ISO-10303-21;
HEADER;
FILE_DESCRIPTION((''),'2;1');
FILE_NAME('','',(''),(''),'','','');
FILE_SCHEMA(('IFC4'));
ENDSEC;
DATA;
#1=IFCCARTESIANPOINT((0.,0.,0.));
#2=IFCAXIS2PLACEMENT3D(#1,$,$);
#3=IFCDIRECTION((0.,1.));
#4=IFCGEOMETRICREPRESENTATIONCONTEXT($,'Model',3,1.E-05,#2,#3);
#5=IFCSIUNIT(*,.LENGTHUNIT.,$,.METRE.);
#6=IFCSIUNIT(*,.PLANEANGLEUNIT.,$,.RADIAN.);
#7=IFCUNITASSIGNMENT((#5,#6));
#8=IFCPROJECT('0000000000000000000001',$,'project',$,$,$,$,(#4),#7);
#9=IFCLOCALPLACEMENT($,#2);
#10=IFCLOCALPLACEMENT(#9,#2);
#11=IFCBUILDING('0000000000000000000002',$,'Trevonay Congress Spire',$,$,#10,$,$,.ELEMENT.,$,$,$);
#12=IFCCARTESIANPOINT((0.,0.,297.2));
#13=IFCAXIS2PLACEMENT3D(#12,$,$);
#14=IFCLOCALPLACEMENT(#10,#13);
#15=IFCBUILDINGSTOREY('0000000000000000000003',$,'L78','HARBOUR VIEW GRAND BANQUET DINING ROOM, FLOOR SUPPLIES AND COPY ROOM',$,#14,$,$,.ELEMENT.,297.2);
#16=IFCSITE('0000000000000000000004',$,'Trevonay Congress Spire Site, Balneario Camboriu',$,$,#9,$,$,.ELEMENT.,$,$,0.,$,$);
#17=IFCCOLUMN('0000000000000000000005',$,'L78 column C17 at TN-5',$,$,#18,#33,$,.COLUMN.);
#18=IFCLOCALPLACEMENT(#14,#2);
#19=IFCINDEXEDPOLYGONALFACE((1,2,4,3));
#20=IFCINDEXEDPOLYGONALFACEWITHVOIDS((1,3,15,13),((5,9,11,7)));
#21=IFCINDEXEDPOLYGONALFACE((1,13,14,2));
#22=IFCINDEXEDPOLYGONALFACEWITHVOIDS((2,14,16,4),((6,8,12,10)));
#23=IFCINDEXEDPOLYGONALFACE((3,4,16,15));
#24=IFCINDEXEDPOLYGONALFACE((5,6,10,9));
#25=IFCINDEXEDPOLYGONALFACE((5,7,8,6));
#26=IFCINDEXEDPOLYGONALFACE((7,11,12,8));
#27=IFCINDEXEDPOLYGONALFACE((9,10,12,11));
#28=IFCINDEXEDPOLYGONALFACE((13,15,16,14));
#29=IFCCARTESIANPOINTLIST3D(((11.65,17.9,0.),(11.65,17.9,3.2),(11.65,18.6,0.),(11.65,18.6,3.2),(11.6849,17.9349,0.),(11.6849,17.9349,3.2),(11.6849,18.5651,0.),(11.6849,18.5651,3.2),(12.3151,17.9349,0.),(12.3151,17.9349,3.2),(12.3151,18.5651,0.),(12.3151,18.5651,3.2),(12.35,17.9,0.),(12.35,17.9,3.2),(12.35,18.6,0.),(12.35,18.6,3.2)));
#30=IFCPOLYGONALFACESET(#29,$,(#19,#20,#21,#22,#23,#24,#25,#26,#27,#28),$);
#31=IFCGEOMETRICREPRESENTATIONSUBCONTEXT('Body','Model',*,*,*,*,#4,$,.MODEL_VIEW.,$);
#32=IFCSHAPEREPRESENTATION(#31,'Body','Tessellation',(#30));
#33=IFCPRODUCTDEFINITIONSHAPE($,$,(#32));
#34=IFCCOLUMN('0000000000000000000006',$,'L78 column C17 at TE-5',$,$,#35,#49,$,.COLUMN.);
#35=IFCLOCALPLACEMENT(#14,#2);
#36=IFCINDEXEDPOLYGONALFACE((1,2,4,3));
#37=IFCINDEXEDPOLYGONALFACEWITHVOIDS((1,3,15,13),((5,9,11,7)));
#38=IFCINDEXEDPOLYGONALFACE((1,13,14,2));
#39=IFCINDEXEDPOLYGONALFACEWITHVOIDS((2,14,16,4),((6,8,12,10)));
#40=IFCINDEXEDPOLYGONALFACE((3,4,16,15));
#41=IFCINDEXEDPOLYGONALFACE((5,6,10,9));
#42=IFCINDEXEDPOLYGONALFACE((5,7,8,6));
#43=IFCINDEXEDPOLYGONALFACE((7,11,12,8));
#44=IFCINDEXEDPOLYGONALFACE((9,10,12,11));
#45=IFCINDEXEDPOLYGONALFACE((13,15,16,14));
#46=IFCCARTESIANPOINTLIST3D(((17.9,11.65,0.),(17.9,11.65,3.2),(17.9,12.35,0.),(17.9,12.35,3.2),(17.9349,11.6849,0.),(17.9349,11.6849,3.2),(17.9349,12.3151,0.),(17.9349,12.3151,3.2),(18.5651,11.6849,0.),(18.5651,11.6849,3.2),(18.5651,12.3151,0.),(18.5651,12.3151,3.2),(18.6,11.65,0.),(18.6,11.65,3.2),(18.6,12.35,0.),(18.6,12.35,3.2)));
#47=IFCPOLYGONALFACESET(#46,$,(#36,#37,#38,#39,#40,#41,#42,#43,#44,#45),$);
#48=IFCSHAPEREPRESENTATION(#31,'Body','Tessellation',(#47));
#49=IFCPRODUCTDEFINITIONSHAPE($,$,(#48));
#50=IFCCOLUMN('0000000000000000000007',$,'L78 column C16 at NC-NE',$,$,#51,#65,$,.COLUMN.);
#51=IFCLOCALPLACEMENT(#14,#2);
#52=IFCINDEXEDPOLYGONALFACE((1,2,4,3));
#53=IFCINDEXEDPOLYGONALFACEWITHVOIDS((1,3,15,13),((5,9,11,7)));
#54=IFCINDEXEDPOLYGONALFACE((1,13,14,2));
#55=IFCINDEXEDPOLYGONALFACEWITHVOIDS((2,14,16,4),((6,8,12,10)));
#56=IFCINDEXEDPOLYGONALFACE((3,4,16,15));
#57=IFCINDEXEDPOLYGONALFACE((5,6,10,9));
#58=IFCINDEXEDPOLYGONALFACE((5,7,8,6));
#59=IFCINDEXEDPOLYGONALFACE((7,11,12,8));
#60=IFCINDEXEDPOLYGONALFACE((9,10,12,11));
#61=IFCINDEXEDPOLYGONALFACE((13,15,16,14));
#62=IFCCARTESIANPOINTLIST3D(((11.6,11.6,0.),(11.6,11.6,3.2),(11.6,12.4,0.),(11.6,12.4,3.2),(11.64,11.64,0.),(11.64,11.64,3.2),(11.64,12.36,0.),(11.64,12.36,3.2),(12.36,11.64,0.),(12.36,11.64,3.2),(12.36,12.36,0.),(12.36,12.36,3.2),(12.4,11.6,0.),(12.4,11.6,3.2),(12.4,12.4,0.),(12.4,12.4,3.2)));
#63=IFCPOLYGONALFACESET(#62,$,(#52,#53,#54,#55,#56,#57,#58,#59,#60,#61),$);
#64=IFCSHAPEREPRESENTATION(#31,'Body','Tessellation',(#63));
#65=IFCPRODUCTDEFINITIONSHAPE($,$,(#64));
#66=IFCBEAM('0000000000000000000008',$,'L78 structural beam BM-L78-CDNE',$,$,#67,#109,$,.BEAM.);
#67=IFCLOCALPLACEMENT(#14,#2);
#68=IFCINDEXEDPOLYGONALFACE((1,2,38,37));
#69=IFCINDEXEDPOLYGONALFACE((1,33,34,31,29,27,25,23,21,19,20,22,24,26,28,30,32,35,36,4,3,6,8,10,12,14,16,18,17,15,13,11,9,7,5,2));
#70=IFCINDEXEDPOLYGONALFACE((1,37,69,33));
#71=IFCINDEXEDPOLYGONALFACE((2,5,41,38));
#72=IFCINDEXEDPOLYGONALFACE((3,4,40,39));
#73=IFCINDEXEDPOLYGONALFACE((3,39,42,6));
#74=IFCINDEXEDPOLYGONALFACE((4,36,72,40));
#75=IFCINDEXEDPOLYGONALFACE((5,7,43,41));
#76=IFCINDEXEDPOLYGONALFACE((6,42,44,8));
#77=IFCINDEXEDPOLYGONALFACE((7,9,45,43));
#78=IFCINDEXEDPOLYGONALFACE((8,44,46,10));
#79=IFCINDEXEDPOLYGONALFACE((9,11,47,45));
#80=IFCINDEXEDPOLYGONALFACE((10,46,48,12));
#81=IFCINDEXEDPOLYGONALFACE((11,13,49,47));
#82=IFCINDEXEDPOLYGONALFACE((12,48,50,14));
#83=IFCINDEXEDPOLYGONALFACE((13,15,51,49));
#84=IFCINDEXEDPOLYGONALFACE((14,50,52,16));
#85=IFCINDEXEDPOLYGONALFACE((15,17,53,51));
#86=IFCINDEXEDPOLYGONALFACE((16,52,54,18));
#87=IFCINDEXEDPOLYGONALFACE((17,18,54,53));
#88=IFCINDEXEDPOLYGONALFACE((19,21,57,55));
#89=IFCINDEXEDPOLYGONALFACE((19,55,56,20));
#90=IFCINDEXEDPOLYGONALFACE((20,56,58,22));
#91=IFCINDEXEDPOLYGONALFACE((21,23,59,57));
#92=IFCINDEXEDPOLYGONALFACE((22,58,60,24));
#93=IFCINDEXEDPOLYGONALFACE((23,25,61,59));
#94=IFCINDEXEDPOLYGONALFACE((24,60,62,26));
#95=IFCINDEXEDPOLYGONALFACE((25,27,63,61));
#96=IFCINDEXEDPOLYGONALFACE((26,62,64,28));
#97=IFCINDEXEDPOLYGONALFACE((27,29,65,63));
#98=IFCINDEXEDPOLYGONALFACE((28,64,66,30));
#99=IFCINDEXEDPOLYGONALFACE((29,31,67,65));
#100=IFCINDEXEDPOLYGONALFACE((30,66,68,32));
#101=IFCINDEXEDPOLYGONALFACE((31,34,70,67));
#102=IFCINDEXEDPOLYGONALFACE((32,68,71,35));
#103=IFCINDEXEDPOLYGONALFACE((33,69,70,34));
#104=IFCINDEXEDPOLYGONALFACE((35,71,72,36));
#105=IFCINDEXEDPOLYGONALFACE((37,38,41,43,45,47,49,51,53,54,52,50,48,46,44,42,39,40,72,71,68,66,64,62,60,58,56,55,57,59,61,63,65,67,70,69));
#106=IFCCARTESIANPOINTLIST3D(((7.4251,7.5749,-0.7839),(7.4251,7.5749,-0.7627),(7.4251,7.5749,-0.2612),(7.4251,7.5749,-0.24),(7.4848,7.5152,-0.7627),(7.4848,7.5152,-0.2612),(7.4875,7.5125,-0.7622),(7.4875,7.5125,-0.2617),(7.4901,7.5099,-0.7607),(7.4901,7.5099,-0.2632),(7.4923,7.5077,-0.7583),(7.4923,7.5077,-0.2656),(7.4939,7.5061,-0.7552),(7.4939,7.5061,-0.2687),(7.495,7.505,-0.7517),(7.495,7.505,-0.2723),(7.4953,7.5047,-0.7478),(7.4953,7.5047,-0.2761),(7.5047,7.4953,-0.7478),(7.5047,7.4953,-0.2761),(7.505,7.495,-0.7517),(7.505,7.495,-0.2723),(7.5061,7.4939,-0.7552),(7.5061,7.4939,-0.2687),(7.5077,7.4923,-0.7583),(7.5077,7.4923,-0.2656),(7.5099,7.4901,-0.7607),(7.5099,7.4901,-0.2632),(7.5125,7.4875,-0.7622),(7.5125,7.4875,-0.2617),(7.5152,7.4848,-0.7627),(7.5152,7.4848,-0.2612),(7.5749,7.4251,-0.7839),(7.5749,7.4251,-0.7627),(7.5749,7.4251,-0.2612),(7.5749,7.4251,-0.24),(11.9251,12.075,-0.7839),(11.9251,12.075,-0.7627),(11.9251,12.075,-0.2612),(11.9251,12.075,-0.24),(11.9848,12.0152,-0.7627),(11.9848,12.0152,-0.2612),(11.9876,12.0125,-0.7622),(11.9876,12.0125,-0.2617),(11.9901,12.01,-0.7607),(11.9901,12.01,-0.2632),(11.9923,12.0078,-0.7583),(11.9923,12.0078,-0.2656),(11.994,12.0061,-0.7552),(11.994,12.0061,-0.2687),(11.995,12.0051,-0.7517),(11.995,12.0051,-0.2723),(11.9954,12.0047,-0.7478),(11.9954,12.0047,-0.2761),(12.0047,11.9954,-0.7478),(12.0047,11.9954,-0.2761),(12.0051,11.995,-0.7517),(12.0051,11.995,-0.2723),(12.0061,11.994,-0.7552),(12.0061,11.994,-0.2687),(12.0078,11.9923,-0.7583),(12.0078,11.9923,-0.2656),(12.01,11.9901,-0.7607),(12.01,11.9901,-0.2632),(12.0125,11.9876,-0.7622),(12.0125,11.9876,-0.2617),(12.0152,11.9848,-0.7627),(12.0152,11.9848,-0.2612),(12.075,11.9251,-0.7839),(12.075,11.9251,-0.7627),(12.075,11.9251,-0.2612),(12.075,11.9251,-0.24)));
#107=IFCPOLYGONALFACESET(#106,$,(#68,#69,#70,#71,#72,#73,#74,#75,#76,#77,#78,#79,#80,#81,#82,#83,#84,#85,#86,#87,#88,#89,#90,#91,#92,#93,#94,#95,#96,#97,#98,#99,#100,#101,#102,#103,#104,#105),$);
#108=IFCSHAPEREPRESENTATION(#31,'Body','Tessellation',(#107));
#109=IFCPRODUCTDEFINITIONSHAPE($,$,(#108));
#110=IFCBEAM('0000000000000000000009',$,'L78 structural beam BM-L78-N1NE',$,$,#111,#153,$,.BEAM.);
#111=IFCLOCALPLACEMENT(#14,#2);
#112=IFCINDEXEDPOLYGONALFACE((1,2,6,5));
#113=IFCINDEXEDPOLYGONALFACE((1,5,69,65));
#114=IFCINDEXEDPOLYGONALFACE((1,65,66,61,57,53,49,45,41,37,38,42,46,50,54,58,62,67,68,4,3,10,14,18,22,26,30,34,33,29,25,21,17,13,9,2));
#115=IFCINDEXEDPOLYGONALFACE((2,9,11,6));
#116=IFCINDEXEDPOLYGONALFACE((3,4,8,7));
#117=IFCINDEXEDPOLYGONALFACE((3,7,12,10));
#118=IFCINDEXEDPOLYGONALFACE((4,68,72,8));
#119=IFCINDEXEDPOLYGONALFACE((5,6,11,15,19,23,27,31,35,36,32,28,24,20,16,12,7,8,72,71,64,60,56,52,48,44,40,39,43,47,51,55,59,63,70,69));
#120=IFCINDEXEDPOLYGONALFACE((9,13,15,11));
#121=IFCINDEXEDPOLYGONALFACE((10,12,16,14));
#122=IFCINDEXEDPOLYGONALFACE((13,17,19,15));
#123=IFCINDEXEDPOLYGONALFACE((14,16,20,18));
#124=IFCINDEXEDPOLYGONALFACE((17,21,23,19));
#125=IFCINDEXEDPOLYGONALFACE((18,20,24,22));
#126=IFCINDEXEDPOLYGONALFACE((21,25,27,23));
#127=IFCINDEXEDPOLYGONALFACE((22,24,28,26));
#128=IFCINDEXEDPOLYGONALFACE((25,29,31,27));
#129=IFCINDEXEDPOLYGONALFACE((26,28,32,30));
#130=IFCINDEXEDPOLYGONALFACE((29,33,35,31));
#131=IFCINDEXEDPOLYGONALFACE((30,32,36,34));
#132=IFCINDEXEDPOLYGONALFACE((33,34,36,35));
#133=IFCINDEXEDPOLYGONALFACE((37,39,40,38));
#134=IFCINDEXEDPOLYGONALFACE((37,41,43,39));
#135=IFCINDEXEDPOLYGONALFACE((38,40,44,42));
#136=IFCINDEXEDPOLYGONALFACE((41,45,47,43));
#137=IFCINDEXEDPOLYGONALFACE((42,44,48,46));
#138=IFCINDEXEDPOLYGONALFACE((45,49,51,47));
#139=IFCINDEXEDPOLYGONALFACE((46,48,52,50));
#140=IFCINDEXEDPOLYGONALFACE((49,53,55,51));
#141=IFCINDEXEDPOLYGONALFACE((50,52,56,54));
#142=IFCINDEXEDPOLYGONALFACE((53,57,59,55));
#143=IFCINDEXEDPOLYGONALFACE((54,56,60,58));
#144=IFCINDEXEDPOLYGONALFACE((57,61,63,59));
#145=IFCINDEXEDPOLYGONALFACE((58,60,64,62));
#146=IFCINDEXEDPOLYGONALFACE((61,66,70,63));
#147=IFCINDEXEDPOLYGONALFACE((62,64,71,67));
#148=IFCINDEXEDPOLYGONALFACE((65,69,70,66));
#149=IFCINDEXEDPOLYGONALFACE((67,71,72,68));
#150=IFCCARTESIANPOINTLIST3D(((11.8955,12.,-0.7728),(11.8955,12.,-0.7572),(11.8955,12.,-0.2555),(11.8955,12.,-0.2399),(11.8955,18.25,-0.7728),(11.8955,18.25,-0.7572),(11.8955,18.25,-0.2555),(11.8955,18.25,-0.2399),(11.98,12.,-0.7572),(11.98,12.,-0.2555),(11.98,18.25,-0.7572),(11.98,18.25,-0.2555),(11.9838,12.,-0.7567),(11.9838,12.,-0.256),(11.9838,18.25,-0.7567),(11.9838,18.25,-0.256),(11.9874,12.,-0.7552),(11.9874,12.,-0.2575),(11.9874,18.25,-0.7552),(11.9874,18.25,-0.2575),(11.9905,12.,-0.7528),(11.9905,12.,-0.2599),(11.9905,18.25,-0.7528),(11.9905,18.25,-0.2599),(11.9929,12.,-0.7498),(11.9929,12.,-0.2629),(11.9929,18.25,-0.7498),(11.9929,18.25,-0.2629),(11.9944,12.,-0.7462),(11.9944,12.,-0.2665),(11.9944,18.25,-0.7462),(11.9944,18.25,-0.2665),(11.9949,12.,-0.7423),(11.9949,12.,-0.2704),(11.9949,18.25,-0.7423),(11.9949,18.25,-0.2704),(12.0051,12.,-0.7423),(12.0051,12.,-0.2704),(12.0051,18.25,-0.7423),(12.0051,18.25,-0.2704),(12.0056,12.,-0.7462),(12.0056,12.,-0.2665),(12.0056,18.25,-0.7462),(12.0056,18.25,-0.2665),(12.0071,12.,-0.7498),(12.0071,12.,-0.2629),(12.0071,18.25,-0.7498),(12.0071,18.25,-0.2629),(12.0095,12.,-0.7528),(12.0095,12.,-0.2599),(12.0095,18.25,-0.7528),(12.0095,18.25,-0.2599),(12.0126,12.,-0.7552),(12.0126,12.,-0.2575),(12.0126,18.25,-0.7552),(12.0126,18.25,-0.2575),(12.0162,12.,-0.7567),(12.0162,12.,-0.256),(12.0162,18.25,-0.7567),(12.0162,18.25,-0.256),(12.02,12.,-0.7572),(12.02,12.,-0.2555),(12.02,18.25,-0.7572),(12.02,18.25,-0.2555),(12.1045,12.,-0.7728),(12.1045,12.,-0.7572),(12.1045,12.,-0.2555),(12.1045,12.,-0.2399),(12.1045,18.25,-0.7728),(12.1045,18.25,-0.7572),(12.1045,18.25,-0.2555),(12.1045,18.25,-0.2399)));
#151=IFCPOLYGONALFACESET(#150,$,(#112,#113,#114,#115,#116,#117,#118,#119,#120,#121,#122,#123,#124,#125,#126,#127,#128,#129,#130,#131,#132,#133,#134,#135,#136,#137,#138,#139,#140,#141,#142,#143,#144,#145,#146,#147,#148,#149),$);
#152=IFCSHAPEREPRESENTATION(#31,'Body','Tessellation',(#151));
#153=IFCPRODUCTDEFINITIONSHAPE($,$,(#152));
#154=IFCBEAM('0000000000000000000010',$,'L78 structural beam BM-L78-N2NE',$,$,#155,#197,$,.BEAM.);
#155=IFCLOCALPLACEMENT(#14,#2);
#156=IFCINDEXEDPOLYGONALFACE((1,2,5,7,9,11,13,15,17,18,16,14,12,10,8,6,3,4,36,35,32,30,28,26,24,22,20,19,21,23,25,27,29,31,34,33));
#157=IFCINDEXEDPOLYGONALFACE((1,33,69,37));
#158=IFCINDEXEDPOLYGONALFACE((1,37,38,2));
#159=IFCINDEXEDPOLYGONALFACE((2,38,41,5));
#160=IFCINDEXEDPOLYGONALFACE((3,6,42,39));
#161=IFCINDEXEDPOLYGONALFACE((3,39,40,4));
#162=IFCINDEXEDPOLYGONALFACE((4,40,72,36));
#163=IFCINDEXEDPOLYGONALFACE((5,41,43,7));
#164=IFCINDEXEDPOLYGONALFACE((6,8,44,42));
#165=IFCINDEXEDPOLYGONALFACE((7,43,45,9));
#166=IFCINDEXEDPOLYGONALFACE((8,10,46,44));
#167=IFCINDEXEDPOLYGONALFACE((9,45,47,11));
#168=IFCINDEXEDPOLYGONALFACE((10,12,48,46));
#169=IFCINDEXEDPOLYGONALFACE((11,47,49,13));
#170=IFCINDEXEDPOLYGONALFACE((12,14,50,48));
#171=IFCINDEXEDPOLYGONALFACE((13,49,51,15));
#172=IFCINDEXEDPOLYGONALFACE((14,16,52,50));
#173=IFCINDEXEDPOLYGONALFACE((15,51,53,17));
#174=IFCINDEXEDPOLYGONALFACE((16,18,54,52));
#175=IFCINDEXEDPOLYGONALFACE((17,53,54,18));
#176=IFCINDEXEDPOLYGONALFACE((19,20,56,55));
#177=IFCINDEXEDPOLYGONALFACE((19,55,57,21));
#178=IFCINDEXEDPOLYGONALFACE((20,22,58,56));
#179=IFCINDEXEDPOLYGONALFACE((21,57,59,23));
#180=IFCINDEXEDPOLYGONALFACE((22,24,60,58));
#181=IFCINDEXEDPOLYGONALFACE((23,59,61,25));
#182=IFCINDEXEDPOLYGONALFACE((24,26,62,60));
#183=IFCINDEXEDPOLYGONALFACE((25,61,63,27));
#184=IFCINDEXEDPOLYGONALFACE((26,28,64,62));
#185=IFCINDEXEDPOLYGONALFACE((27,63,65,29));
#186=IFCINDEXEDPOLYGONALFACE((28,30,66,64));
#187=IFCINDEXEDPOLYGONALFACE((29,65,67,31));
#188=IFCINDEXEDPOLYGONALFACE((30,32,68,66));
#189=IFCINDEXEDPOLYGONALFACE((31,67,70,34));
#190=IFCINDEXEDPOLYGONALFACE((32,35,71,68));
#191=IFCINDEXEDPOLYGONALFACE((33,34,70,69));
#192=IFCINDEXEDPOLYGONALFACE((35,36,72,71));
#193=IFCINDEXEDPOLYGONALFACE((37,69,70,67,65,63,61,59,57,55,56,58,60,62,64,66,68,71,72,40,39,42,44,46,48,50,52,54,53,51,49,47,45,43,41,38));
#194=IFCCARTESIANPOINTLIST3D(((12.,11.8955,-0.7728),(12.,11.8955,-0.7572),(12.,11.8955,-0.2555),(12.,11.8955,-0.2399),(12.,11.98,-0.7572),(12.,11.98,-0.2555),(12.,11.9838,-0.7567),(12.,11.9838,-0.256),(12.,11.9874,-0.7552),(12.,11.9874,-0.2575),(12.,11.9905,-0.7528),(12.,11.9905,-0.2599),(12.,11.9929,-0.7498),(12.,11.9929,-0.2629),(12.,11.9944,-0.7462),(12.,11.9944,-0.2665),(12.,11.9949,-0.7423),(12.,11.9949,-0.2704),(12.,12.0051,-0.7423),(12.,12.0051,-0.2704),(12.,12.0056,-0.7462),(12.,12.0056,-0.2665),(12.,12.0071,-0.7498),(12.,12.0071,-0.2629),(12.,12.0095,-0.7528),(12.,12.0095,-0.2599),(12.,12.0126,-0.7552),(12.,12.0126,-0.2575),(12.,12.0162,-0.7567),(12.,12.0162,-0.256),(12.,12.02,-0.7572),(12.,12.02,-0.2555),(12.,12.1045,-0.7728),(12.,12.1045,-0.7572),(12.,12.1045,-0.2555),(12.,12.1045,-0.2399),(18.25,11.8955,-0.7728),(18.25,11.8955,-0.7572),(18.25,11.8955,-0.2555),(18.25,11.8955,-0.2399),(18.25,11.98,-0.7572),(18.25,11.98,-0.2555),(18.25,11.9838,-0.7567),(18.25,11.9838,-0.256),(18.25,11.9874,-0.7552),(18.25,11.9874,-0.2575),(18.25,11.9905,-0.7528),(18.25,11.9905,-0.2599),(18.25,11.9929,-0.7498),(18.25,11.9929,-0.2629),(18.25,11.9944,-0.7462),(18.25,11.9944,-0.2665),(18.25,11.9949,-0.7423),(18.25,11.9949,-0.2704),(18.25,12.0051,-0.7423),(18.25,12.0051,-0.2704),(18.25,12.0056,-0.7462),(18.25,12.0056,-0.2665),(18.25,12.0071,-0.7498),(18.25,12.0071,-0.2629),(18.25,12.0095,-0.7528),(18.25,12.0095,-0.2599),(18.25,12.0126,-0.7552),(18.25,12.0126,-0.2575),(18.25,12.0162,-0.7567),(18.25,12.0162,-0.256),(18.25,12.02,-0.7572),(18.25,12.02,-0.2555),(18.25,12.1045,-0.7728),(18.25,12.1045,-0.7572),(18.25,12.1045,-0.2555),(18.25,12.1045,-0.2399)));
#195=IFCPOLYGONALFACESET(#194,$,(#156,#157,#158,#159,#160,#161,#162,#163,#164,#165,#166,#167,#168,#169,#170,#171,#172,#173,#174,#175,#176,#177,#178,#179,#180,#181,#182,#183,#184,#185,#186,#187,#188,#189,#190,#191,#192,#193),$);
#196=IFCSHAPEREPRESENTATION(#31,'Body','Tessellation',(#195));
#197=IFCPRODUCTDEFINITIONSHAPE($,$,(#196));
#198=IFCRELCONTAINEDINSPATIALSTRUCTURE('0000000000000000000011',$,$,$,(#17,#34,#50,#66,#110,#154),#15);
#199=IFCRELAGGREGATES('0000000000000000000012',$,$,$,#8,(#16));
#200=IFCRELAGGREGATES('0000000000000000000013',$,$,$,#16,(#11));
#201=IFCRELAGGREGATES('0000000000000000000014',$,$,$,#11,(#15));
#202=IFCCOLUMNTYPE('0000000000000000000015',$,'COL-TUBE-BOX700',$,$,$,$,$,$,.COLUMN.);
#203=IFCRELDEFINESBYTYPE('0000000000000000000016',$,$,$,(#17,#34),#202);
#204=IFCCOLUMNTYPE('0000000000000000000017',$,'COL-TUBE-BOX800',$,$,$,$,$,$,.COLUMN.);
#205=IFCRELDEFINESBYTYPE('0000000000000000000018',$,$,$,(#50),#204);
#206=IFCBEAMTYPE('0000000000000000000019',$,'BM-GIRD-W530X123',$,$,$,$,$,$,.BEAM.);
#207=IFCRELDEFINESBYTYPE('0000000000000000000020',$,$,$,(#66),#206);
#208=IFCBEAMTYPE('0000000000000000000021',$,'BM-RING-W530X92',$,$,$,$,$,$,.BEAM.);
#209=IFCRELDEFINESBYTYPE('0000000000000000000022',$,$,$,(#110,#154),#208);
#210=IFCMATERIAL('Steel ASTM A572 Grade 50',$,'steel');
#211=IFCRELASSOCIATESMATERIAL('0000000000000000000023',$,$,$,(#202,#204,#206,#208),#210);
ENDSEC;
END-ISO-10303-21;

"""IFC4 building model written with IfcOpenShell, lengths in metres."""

from ifc_helpers import new_model, si_unit, direction, frame, origin, origin_2d, place, context, subcontext, project, spatial, hollow_rectangle, i_section, extrude, material, material_profile, profile_set, type_object, element, save


model = new_model("IFC4")

# Units and contexts
model_context = context("Model", 3, precision=1e-05, world=origin(), true_north=direction((0.0, 1.0)))
body_context = subcontext(model_context, "Body", "Model", "MODEL_VIEW")
ifc_project = project(units=[si_unit("LENGTHUNIT", "METRE"), si_unit("PLANEANGLEUNIT", "RADIAN")], contexts=[model_context])

# Site, building, storey
site_placement = place(None, origin())
site = spatial("IfcSite", under=ifc_project, at=site_placement, Name="Trevonay Congress Spire Site, Balneario Camboriu", CompositionType="ELEMENT", RefElevation=0.0)
building_placement = place(site_placement, origin())
building = spatial("IfcBuilding", under=site, at=building_placement, Name="Trevonay Congress Spire", CompositionType="ELEMENT")
storey_placement = place(building_placement, frame((0.0, 0.0, 297.2)))
storey = spatial("IfcBuildingStorey", under=building, at=storey_placement, Name="L78", Description="HARBOUR VIEW GRAND BANQUET DINING ROOM, FLOOR SUPPLIES AND COPY ROOM", CompositionType="ELEMENT", Elevation=297.2)

# Columns
ifc_material_1 = material(Name="Steel ASTM A572 Grade 50", Category="steel")
ifc_material_profile_1 = material_profile(ifc_material_1, hollow_rectangle(XDim=0.7, YDim=0.7, WallThickness=0.0349, at=origin_2d()), Name="BOX 700x700x35")
ifc_profile_set_1 = profile_set([ifc_material_profile_1], Name="Steel ASTM A572 Grade 50")
column_type_1 = type_object("IfcColumnType", Name="COL-TUBE-BOX700", PredefinedType="COLUMN", material=ifc_profile_set_1)
for number, where, z_axis, x_axis, name in (
    (1, (12.0, 18.25, 0.0), (0.0, 0.0, 1.0), (1.0, 0.0, 0.0), "L78 column C17 at TN-5"),
    (2, (18.25, 12.0, 0.0), (0.0, 0.0, 1.0), (1.0, 0.0, 0.0), "L78 column C17 at TE-5"),
):
    element("IfcColumn", number, at=place(storey_placement, frame(where, z_axis=z_axis, x_axis=x_axis)), inside=storey, type_object=column_type_1, Name=name, PredefinedType="COLUMN", context=body_context, shape_type="SweptSolid", body=[
        extrude(hollow_rectangle(XDim=0.7, YDim=0.7, WallThickness=0.0349, at=origin_2d()), origin(), (0.0, 0.0, 1.0), 3.2),
    ])
ifc_material_profile_2 = material_profile(ifc_material_1, hollow_rectangle(XDim=0.8, YDim=0.8, WallThickness=0.04, at=origin_2d()), Name="BOX 800x800x40")
ifc_profile_set_2 = profile_set([ifc_material_profile_2], Name="Steel ASTM A572 Grade 50")
column_type_2 = type_object("IfcColumnType", Name="COL-TUBE-BOX800", PredefinedType="COLUMN", material=ifc_profile_set_2)
column_placement = place(storey_placement, frame((12.0, 12.0, 0.0), z_axis=(0.0, 0.0, 1.0), x_axis=(1.0, 0.0, 0.0)))
element("IfcColumn", 3, at=column_placement, inside=storey, type_object=column_type_2, Name="L78 column C16 at NC-NE", PredefinedType="COLUMN", context=body_context, shape_type="SweptSolid", body=[
    extrude(hollow_rectangle(XDim=0.8, YDim=0.8, WallThickness=0.04, at=origin_2d()), origin(), (0.0, 0.0, 1.0), 3.2),
])

# Beams
ifc_material_profile_3 = material_profile(ifc_material_1, i_section(OverallWidth=0.2119, OverallDepth=0.5439, WebThickness=0.0132, FlangeThickness=0.0212, FilletRadius=0.0149, at=origin_2d()), Name="W530x123")
ifc_profile_set_3 = profile_set([ifc_material_profile_3], Name="Steel ASTM A572 Grade 50")
beam_type_1 = type_object("IfcBeamType", Name="BM-GIRD-W530X123", PredefinedType="BEAM", material=ifc_profile_set_3)
beam_placement = place(storey_placement, frame((7.5, 7.5, -0.512), z_axis=(0.707107, 0.707107, 0.0), x_axis=(-0.707107, 0.707107, 0.0)))
element("IfcBeam", 4, at=beam_placement, inside=storey, type_object=beam_type_1, Name="L78 structural beam BM-L78-CDNE", PredefinedType="BEAM", context=body_context, shape_type="SweptSolid", body=[
    extrude(i_section(OverallWidth=0.2119, OverallDepth=0.5439, WebThickness=0.0132, FlangeThickness=0.0212, FilletRadius=0.0149, at=origin_2d()), origin(), (0.0, 0.0, 1.0), 6.364),
])
ifc_material_profile_4 = material_profile(ifc_material_1, i_section(OverallWidth=0.209, OverallDepth=0.533, WebThickness=0.0103, FlangeThickness=0.0156, FilletRadius=0.0149, at=origin_2d()), Name="W530x92")
ifc_profile_set_4 = profile_set([ifc_material_profile_4], Name="Steel ASTM A572 Grade 50")
beam_type_2 = type_object("IfcBeamType", Name="BM-RING-W530X92", PredefinedType="BEAM", material=ifc_profile_set_4)
for number, where, z_axis, x_axis, name in (
    (5, (12.0, 18.25, -0.5063), (0.0, -1.0, 0.0), (1.0, 0.0, 0.0), "L78 structural beam BM-L78-N1NE"),
    (6, (18.25, 12.0, -0.5063), (-1.0, 0.0, 0.0), (0.0, -1.0, 0.0), "L78 structural beam BM-L78-N2NE"),
):
    element("IfcBeam", number, at=place(storey_placement, frame(where, z_axis=z_axis, x_axis=x_axis)), inside=storey, type_object=beam_type_2, Name=name, PredefinedType="BEAM", context=body_context, shape_type="SweptSolid", body=[
        extrude(i_section(OverallWidth=0.209, OverallDepth=0.533, WebThickness=0.0103, FlangeThickness=0.0156, FilletRadius=0.0149, at=origin_2d()), origin(), (0.0, 0.0, 1.0), 6.25),
    ])

save(model, "model.ifc")
